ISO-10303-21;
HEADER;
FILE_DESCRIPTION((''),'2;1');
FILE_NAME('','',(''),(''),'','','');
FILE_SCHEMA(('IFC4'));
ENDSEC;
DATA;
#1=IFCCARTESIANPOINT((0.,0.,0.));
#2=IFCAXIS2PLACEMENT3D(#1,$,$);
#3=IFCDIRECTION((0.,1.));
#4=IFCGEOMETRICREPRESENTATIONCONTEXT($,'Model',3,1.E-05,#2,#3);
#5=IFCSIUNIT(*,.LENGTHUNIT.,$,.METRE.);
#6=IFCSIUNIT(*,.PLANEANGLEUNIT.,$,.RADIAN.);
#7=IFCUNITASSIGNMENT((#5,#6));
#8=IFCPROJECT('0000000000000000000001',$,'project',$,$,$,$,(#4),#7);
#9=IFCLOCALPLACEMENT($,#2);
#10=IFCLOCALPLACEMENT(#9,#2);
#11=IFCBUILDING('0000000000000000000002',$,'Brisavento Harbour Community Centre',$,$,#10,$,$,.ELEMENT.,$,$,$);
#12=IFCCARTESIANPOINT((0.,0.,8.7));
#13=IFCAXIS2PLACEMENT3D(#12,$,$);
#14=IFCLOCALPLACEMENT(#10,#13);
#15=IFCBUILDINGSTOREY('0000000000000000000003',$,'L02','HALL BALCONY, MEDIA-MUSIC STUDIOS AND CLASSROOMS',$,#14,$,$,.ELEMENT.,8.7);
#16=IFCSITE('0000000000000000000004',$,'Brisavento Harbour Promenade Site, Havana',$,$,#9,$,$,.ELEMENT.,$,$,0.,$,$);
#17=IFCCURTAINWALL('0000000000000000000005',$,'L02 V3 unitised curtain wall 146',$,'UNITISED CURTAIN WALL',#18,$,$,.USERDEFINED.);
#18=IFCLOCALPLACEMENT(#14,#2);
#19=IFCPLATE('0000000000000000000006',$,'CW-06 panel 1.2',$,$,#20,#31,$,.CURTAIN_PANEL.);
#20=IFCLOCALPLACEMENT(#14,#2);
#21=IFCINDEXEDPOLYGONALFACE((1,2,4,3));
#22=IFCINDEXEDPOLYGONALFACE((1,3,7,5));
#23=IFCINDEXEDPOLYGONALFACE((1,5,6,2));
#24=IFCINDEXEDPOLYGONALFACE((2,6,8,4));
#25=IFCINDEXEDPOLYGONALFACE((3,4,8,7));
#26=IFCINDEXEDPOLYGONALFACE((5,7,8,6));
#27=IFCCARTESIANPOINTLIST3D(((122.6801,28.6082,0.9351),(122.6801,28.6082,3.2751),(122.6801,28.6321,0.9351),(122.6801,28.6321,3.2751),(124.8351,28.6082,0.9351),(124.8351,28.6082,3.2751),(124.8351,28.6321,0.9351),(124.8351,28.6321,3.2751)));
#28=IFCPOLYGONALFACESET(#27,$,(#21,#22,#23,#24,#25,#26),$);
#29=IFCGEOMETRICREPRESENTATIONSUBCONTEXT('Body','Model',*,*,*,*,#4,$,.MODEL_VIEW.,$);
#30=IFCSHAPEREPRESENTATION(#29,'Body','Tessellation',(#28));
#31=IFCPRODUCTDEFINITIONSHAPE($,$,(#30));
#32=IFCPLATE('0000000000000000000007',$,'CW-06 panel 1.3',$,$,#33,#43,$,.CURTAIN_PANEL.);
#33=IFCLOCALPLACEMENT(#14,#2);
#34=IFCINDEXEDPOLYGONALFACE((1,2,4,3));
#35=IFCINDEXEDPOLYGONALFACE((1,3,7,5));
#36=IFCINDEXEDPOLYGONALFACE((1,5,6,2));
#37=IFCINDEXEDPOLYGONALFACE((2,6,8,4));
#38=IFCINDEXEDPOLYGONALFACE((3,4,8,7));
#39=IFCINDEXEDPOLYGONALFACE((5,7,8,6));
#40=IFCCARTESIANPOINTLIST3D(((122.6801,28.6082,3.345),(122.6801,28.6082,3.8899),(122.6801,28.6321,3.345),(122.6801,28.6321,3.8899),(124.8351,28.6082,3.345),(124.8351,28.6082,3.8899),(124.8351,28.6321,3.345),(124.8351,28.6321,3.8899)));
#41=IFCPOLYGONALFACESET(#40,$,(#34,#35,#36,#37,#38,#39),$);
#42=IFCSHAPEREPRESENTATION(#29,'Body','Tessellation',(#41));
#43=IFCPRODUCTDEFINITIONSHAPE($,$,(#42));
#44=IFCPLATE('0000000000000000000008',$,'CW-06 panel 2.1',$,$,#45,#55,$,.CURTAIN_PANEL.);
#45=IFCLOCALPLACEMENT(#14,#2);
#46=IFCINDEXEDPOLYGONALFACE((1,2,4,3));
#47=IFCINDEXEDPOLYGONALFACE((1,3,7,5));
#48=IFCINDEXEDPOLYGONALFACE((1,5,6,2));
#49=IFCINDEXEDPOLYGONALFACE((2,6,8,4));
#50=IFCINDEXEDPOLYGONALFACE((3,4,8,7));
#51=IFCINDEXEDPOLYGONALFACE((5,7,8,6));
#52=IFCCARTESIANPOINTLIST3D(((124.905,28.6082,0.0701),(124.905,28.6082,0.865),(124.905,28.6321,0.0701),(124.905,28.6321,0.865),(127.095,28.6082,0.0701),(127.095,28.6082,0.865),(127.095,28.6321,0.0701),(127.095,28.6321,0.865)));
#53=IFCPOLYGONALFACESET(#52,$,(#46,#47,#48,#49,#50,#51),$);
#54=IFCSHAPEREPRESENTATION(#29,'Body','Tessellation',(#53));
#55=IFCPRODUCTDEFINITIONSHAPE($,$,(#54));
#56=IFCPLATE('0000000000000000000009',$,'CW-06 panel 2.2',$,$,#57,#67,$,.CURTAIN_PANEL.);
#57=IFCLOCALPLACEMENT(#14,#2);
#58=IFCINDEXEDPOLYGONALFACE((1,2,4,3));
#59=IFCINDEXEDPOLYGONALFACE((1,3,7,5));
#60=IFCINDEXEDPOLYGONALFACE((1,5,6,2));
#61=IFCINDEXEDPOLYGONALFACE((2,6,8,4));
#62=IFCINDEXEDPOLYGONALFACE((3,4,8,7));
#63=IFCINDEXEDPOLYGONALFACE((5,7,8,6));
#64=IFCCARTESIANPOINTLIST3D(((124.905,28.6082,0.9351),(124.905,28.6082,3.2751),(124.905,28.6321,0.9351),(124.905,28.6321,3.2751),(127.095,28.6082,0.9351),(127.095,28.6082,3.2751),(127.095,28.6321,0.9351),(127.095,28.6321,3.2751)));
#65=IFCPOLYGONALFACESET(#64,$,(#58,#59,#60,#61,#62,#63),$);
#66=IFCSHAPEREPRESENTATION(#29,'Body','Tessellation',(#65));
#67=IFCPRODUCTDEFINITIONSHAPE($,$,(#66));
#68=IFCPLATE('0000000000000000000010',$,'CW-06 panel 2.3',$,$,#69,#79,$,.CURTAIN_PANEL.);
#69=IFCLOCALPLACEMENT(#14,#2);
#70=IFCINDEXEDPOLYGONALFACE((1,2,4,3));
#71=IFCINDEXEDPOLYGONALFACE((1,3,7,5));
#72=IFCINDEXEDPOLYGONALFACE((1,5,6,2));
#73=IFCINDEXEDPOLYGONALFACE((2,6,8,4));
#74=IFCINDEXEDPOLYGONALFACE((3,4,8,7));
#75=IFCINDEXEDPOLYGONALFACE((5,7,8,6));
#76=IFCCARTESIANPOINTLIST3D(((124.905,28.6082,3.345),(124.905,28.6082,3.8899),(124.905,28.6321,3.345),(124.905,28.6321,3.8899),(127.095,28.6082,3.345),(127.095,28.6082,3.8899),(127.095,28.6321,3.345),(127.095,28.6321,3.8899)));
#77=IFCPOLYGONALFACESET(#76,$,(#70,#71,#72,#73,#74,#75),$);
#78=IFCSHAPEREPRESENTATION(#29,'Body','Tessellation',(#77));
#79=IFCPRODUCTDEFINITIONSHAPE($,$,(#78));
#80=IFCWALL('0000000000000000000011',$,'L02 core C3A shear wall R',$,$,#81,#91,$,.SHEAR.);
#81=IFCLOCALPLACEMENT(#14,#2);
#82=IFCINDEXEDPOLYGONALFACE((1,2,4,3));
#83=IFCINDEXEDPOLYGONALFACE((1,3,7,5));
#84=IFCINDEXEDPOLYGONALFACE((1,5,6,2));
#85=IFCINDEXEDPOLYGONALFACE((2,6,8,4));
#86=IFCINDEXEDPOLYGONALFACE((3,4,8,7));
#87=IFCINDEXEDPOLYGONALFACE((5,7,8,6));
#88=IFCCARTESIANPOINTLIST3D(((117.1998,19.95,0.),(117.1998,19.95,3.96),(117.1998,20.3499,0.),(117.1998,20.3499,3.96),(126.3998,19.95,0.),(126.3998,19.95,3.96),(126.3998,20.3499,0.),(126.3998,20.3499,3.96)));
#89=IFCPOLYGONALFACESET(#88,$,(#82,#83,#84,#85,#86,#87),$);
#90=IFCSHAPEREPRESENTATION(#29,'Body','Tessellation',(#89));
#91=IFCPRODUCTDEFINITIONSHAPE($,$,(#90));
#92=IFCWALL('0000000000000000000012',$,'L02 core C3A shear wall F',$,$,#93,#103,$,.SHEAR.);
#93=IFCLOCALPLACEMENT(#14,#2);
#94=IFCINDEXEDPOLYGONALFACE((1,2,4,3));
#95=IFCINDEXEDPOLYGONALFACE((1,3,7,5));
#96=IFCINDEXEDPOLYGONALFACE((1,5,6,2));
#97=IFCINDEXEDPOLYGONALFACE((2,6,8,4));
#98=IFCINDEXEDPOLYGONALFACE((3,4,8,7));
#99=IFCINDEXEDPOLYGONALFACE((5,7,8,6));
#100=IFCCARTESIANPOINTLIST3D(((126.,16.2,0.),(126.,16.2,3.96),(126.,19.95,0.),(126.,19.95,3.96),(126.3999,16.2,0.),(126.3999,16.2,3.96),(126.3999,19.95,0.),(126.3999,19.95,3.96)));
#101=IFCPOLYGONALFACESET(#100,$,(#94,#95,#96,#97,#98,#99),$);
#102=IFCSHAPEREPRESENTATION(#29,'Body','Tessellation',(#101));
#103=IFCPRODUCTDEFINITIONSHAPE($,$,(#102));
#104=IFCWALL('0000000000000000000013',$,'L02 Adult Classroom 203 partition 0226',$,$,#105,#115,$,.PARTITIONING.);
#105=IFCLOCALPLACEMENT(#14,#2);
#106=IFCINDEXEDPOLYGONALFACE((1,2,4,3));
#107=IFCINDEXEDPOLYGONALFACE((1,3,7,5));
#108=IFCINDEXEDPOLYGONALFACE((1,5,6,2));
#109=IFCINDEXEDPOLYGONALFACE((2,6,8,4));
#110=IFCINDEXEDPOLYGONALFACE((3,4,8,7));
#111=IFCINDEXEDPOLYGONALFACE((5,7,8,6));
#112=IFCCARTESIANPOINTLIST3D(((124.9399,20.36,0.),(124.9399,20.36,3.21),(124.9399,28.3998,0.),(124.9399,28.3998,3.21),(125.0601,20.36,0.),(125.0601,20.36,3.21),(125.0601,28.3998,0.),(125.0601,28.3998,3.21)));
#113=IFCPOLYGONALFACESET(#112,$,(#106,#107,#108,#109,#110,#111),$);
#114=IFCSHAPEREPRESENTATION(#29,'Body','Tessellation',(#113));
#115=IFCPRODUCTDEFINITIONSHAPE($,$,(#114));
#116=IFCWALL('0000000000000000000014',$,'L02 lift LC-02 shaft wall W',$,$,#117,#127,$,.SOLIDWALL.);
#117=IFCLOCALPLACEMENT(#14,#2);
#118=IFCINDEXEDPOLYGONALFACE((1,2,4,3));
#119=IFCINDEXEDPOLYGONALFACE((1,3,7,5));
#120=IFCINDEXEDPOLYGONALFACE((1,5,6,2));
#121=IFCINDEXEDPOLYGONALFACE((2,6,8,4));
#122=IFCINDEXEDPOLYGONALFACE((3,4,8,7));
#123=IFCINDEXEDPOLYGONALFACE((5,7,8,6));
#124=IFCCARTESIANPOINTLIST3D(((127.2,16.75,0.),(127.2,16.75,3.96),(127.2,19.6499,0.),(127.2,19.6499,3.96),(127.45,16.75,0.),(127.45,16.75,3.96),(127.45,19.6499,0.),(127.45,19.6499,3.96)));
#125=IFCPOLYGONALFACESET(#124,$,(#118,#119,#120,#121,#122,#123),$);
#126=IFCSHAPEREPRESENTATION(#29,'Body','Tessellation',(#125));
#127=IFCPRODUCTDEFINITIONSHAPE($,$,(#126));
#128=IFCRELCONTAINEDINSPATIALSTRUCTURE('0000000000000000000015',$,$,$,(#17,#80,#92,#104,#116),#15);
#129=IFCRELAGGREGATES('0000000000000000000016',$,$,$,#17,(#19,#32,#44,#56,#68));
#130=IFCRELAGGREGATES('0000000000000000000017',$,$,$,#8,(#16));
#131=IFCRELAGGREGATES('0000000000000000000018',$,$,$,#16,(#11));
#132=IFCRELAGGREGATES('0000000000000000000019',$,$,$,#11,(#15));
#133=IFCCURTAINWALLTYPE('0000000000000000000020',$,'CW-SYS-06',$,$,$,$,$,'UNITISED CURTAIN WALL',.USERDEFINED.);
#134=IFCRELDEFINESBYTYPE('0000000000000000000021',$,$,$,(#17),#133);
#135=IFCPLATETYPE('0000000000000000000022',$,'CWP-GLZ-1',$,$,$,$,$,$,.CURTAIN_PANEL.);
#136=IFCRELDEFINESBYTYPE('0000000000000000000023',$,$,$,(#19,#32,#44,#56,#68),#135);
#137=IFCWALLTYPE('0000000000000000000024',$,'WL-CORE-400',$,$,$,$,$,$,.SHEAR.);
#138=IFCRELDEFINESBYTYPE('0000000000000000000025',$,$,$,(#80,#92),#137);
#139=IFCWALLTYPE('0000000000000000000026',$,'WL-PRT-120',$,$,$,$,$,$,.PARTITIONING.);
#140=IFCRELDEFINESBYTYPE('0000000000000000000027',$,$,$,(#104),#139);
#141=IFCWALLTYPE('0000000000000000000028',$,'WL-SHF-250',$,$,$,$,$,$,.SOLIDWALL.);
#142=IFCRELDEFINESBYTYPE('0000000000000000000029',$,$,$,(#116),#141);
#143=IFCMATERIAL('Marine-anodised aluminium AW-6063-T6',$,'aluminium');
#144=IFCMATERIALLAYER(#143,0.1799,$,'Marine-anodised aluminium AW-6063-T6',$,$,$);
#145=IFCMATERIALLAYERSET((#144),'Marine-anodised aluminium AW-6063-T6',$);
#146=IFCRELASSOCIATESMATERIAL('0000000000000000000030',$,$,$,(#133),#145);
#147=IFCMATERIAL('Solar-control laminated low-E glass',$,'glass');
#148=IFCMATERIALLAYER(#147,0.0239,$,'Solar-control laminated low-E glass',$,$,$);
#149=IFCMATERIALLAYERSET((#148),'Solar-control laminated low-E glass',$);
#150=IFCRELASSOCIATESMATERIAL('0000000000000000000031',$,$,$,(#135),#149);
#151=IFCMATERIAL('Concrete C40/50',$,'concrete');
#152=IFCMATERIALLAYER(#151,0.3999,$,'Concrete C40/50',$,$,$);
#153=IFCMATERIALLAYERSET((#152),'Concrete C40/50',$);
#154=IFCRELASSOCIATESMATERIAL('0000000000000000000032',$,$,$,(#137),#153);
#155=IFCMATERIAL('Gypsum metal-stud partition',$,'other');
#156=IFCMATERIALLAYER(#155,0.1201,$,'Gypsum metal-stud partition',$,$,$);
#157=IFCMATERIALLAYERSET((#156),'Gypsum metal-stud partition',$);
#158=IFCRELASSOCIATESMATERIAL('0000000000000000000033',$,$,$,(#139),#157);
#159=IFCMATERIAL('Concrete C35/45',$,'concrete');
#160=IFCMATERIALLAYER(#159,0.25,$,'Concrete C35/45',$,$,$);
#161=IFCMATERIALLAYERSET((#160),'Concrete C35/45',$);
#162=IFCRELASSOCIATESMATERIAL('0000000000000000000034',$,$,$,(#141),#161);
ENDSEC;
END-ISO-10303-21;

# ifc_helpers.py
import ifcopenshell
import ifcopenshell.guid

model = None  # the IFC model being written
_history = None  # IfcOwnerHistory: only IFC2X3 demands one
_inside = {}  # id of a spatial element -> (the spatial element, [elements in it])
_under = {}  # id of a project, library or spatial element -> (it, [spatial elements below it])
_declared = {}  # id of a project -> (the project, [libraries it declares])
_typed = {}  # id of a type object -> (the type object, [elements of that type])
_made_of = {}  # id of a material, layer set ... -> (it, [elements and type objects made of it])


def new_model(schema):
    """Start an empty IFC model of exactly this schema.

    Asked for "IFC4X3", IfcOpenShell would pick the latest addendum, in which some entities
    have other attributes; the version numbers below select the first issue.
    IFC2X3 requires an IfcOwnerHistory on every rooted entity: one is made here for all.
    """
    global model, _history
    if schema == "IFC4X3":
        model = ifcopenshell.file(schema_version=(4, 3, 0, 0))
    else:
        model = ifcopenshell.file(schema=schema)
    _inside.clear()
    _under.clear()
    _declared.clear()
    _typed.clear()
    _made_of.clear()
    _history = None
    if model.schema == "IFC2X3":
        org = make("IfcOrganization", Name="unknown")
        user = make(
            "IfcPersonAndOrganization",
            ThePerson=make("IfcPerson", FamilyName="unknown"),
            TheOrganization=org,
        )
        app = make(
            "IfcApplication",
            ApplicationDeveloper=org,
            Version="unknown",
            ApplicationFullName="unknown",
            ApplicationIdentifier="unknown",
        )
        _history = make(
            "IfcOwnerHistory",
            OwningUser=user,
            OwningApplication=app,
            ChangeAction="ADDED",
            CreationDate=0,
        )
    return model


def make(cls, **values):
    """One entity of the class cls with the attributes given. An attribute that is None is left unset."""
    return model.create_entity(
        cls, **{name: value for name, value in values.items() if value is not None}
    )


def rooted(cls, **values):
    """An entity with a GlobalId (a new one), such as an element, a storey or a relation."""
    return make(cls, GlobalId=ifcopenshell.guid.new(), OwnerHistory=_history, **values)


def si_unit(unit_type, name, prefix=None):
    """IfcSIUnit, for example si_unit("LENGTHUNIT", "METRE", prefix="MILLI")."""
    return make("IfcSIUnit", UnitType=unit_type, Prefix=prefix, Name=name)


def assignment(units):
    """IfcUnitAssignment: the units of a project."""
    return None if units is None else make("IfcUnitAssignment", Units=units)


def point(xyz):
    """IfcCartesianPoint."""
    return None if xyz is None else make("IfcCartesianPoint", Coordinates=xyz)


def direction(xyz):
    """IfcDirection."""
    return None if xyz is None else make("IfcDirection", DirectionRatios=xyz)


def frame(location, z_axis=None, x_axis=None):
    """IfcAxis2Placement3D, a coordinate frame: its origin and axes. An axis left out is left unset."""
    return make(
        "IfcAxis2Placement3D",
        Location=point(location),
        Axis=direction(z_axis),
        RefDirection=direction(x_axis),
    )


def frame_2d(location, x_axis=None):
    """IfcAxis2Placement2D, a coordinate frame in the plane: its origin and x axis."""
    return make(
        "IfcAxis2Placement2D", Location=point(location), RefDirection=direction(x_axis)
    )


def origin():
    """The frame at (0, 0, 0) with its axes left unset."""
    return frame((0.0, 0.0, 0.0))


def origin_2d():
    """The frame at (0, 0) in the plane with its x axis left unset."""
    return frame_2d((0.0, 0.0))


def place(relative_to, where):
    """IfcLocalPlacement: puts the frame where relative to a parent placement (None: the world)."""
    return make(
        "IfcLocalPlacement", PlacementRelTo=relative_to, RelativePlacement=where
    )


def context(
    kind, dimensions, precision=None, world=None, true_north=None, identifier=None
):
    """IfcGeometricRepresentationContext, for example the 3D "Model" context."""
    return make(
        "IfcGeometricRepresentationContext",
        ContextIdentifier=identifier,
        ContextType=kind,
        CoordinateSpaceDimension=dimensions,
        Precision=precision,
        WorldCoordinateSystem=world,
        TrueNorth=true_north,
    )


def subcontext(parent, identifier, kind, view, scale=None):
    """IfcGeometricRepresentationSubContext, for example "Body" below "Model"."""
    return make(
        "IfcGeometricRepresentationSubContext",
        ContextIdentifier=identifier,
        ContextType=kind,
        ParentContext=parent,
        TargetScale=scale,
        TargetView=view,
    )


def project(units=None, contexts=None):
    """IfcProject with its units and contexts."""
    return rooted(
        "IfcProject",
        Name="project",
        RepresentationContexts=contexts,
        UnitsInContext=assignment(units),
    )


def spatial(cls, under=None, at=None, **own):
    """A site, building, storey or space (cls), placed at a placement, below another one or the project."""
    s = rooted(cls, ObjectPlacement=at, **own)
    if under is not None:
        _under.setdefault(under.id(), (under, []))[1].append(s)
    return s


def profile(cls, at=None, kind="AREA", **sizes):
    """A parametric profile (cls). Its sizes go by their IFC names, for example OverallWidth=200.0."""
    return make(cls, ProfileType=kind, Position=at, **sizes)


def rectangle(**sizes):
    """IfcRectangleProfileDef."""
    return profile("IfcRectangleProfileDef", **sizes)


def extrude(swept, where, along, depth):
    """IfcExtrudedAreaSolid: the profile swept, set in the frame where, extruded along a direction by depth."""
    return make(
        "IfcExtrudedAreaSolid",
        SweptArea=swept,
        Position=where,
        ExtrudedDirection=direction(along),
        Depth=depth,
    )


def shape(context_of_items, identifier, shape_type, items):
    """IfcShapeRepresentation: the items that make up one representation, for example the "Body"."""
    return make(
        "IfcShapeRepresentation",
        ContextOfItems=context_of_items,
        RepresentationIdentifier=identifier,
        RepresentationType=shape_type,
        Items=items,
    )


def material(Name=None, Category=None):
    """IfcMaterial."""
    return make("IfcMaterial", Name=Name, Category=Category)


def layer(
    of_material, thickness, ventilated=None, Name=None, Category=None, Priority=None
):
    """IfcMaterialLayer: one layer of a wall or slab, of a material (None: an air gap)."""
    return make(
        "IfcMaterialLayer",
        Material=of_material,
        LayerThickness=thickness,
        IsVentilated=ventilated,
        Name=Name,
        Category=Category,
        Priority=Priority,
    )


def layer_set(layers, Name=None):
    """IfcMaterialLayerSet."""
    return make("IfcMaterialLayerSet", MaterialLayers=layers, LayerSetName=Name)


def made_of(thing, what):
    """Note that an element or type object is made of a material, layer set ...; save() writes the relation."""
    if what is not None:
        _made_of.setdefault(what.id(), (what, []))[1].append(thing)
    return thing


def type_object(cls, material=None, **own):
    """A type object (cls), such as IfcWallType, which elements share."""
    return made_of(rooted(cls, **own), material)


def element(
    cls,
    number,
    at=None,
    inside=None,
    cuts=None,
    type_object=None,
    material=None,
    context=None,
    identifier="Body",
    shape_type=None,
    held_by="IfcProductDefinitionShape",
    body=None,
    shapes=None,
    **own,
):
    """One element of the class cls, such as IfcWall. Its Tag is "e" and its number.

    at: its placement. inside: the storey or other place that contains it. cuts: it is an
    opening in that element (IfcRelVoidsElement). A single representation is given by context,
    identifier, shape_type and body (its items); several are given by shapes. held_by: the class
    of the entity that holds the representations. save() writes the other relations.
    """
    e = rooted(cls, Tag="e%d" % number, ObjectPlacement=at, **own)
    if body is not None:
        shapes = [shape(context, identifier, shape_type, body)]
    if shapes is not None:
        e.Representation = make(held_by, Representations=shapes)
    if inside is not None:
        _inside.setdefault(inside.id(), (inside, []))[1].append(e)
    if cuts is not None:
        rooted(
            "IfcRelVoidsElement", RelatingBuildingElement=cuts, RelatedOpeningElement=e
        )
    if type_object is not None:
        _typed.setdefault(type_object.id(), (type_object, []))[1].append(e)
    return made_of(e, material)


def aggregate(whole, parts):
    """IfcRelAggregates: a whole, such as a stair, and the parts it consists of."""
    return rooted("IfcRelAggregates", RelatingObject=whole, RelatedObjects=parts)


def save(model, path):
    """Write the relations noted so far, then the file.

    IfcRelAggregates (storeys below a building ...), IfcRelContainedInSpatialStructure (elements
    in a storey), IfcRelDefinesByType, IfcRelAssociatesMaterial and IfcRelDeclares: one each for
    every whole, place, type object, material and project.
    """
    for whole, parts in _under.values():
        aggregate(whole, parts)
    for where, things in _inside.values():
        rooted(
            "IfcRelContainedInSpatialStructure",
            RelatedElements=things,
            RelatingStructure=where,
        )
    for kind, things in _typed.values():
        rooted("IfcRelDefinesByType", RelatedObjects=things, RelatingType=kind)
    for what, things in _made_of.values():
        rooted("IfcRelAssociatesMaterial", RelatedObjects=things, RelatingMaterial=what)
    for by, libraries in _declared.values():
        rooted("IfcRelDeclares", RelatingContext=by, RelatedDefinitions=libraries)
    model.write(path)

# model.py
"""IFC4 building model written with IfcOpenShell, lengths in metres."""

from ifc_helpers import new_model, si_unit, direction, frame, frame_2d, origin, origin_2d, place, context, subcontext, project, spatial, rectangle, extrude, material, layer, layer_set, type_object, element, aggregate, save


model = new_model("IFC4")

# Units and contexts
model_context = context("Model", 3, precision=1e-05, world=origin(), true_north=direction((0.0, 1.0)))
body_context = subcontext(model_context, "Body", "Model", "MODEL_VIEW")
ifc_project = project(units=[si_unit("LENGTHUNIT", "METRE"), si_unit("PLANEANGLEUNIT", "RADIAN")], contexts=[model_context])

# Site, building, storey
site_placement = place(None, origin())
site = spatial("IfcSite", under=ifc_project, at=site_placement, Name="Brisavento Harbour Promenade Site, Havana", CompositionType="ELEMENT", RefElevation=0.0)
building_placement = place(site_placement, origin())
building = spatial("IfcBuilding", under=site, at=building_placement, Name="Brisavento Harbour Community Centre", CompositionType="ELEMENT")
storey_placement = place(building_placement, frame((0.0, 0.0, 8.7)))
storey = spatial("IfcBuildingStorey", under=building, at=storey_placement, Name="L02", Description="HALL BALCONY, MEDIA-MUSIC STUDIOS AND CLASSROOMS", CompositionType="ELEMENT", Elevation=8.7)

# Shared definitions
ifc_material_1 = material(Name="Concrete C35/45", Category="concrete")

# Curtain wall, plates
ifc_material_2 = material(Name="Marine-anodised aluminium AW-6063-T6", Category="aluminium")
ifc_layer_1 = layer(ifc_material_2, 0.1799, Name="Marine-anodised aluminium AW-6063-T6")
ifc_layer_set_1 = layer_set([ifc_layer_1], Name="Marine-anodised aluminium AW-6063-T6")
curtain_wall_type = type_object("IfcCurtainWallType", Name="CW-SYS-06", ElementType="UNITISED CURTAIN WALL", PredefinedType="USERDEFINED", material=ifc_layer_set_1)
curtain_wall_placement = place(storey_placement, origin())
curtain_wall = element("IfcCurtainWall", 1, at=curtain_wall_placement, inside=storey, type_object=curtain_wall_type, Name="L02 V3 unitised curtain wall 146", ObjectType="UNITISED CURTAIN WALL", PredefinedType="USERDEFINED")
ifc_material_3 = material(Name="Solar-control laminated low-E glass", Category="glass")
ifc_layer_2 = layer(ifc_material_3, 0.0239, Name="Solar-control laminated low-E glass")
ifc_layer_set_2 = layer_set([ifc_layer_2], Name="Solar-control laminated low-E glass")
plate_type = type_object("IfcPlateType", Name="CWP-GLZ-1", PredefinedType="CURTAIN_PANEL", material=ifc_layer_set_2)
plate_1_placement = place(storey_placement, frame((123.7576, 28.6201, 0.9351), z_axis=(0.0, 0.0, 1.0), x_axis=(1.0, 0.0, 0.0)))
plate_1 = element("IfcPlate", 2, at=plate_1_placement, type_object=plate_type, Name="CW-06 panel 1.2", PredefinedType="CURTAIN_PANEL", context=body_context, shape_type="SweptSolid", body=[
    extrude(rectangle(XDim=2.155, YDim=0.0239, at=origin_2d()), origin(), (0.0, 0.0, 1.0), 2.3401),
])
plate_2_placement = place(storey_placement, frame((123.7576, 28.6201, 3.345), z_axis=(0.0, 0.0, 1.0), x_axis=(1.0, 0.0, 0.0)))
plate_2 = element("IfcPlate", 3, at=plate_2_placement, type_object=plate_type, Name="CW-06 panel 1.3", PredefinedType="CURTAIN_PANEL", context=body_context, shape_type="SweptSolid", body=[
    extrude(rectangle(XDim=2.155, YDim=0.0239, at=origin_2d()), origin(), (0.0, 0.0, 1.0), 0.5449),
])
plate_3_placement = place(storey_placement, frame((126.0, 28.6201, 0.0701), z_axis=(0.0, 0.0, 1.0), x_axis=(1.0, 0.0, 0.0)))
plate_3 = element("IfcPlate", 4, at=plate_3_placement, type_object=plate_type, Name="CW-06 panel 2.1", PredefinedType="CURTAIN_PANEL", context=body_context, shape_type="SweptSolid", body=[
    extrude(rectangle(XDim=2.1899, YDim=0.0239, at=origin_2d()), origin(), (0.0, 0.0, 1.0), 0.7949),
])
plate_4_placement = place(storey_placement, frame((126.0, 28.6201, 0.9351), z_axis=(0.0, 0.0, 1.0), x_axis=(1.0, 0.0, 0.0)))
plate_4 = element("IfcPlate", 5, at=plate_4_placement, type_object=plate_type, Name="CW-06 panel 2.2", PredefinedType="CURTAIN_PANEL", context=body_context, shape_type="SweptSolid", body=[
    extrude(rectangle(XDim=2.1899, YDim=0.0239, at=origin_2d()), origin(), (0.0, 0.0, 1.0), 2.3401),
])
plate_5_placement = place(storey_placement, frame((126.0, 28.6201, 3.345), z_axis=(0.0, 0.0, 1.0), x_axis=(1.0, 0.0, 0.0)))
plate_5 = element("IfcPlate", 6, at=plate_5_placement, type_object=plate_type, Name="CW-06 panel 2.3", PredefinedType="CURTAIN_PANEL", context=body_context, shape_type="SweptSolid", body=[
    extrude(rectangle(XDim=2.1899, YDim=0.0239, at=origin_2d()), origin(), (0.0, 0.0, 1.0), 0.5449),
])
aggregate(curtain_wall, [plate_1, plate_2, plate_3, plate_4, plate_5])

# Walls
ifc_material_4 = material(Name="Concrete C40/50", Category="concrete")
ifc_layer_3 = layer(ifc_material_4, 0.3999, Name="Concrete C40/50")
ifc_layer_set_3 = layer_set([ifc_layer_3], Name="Concrete C40/50")
wall_type_1 = type_object("IfcWallType", Name="WL-CORE-400", PredefinedType="SHEAR", material=ifc_layer_set_3)
wall_1_placement = place(storey_placement, frame((126.3999, 20.1499, 0.0), z_axis=(0.0, 0.0, 1.0), x_axis=(-1.0, 0.0, 0.0)))
element("IfcWall", 7, at=wall_1_placement, inside=storey, type_object=wall_type_1, Name="L02 core C3A shear wall R", PredefinedType="SHEAR", context=body_context, shape_type="SweptSolid", body=[
    extrude(rectangle(XDim=9.2, YDim=0.3999, at=frame_2d((4.6001, 0.0))), origin(), (0.0, 0.0, 1.0), 3.96),
])
wall_2_placement = place(storey_placement, frame((126.2, 16.2, 0.0), z_axis=(0.0, 0.0, 1.0), x_axis=(0.0, 1.0, 0.0)))
element("IfcWall", 8, at=wall_2_placement, inside=storey, type_object=wall_type_1, Name="L02 core C3A shear wall F", PredefinedType="SHEAR", context=body_context, shape_type="SweptSolid", body=[
    extrude(rectangle(XDim=3.75, YDim=0.3999, at=frame_2d((1.875, 0.0))), origin(), (0.0, 0.0, 1.0), 3.96),
])
ifc_material_5 = material(Name="Gypsum metal-stud partition", Category="other")
ifc_layer_4 = layer(ifc_material_5, 0.1201, Name="Gypsum metal-stud partition")
ifc_layer_set_4 = layer_set([ifc_layer_4], Name="Gypsum metal-stud partition")
wall_type_2 = type_object("IfcWallType", Name="WL-PRT-120", PredefinedType="PARTITIONING", material=ifc_layer_set_4)
wall_3_placement = place(storey_placement, frame((125.0, 28.3999, 0.0), z_axis=(0.0, 0.0, 1.0), x_axis=(0.0, -1.0, 0.0)))
element("IfcWall", 9, at=wall_3_placement, inside=storey, type_object=wall_type_2, Name="L02 Adult Classroom 203 partition 0226", PredefinedType="PARTITIONING", context=body_context, shape_type="SweptSolid", body=[
    extrude(rectangle(XDim=8.0398, YDim=0.1201, at=frame_2d((4.02, 0.0))), origin(), (0.0, 0.0, 1.0), 3.21),
])
ifc_layer_5 = layer(ifc_material_1, 0.25, Name="Concrete C35/45")
ifc_layer_set_5 = layer_set([ifc_layer_5], Name="Concrete C35/45")
wall_type_3 = type_object("IfcWallType", Name="WL-SHF-250", PredefinedType="SOLIDWALL", material=ifc_layer_set_5)
wall_4_placement = place(storey_placement, frame((127.325, 16.75, 0.0), z_axis=(0.0, 0.0, 1.0), x_axis=(0.0, 1.0, 0.0)))
element("IfcWall", 10, at=wall_4_placement, inside=storey, type_object=wall_type_3, Name="L02 lift LC-02 shaft wall W", PredefinedType="SOLIDWALL", context=body_context, shape_type="SweptSolid", body=[
    extrude(rectangle(XDim=2.8999, YDim=0.25, at=frame_2d((1.45, 0.0))), origin(), (0.0, 0.0, 1.0), 3.96),
])

save(model, "model.ifc")
